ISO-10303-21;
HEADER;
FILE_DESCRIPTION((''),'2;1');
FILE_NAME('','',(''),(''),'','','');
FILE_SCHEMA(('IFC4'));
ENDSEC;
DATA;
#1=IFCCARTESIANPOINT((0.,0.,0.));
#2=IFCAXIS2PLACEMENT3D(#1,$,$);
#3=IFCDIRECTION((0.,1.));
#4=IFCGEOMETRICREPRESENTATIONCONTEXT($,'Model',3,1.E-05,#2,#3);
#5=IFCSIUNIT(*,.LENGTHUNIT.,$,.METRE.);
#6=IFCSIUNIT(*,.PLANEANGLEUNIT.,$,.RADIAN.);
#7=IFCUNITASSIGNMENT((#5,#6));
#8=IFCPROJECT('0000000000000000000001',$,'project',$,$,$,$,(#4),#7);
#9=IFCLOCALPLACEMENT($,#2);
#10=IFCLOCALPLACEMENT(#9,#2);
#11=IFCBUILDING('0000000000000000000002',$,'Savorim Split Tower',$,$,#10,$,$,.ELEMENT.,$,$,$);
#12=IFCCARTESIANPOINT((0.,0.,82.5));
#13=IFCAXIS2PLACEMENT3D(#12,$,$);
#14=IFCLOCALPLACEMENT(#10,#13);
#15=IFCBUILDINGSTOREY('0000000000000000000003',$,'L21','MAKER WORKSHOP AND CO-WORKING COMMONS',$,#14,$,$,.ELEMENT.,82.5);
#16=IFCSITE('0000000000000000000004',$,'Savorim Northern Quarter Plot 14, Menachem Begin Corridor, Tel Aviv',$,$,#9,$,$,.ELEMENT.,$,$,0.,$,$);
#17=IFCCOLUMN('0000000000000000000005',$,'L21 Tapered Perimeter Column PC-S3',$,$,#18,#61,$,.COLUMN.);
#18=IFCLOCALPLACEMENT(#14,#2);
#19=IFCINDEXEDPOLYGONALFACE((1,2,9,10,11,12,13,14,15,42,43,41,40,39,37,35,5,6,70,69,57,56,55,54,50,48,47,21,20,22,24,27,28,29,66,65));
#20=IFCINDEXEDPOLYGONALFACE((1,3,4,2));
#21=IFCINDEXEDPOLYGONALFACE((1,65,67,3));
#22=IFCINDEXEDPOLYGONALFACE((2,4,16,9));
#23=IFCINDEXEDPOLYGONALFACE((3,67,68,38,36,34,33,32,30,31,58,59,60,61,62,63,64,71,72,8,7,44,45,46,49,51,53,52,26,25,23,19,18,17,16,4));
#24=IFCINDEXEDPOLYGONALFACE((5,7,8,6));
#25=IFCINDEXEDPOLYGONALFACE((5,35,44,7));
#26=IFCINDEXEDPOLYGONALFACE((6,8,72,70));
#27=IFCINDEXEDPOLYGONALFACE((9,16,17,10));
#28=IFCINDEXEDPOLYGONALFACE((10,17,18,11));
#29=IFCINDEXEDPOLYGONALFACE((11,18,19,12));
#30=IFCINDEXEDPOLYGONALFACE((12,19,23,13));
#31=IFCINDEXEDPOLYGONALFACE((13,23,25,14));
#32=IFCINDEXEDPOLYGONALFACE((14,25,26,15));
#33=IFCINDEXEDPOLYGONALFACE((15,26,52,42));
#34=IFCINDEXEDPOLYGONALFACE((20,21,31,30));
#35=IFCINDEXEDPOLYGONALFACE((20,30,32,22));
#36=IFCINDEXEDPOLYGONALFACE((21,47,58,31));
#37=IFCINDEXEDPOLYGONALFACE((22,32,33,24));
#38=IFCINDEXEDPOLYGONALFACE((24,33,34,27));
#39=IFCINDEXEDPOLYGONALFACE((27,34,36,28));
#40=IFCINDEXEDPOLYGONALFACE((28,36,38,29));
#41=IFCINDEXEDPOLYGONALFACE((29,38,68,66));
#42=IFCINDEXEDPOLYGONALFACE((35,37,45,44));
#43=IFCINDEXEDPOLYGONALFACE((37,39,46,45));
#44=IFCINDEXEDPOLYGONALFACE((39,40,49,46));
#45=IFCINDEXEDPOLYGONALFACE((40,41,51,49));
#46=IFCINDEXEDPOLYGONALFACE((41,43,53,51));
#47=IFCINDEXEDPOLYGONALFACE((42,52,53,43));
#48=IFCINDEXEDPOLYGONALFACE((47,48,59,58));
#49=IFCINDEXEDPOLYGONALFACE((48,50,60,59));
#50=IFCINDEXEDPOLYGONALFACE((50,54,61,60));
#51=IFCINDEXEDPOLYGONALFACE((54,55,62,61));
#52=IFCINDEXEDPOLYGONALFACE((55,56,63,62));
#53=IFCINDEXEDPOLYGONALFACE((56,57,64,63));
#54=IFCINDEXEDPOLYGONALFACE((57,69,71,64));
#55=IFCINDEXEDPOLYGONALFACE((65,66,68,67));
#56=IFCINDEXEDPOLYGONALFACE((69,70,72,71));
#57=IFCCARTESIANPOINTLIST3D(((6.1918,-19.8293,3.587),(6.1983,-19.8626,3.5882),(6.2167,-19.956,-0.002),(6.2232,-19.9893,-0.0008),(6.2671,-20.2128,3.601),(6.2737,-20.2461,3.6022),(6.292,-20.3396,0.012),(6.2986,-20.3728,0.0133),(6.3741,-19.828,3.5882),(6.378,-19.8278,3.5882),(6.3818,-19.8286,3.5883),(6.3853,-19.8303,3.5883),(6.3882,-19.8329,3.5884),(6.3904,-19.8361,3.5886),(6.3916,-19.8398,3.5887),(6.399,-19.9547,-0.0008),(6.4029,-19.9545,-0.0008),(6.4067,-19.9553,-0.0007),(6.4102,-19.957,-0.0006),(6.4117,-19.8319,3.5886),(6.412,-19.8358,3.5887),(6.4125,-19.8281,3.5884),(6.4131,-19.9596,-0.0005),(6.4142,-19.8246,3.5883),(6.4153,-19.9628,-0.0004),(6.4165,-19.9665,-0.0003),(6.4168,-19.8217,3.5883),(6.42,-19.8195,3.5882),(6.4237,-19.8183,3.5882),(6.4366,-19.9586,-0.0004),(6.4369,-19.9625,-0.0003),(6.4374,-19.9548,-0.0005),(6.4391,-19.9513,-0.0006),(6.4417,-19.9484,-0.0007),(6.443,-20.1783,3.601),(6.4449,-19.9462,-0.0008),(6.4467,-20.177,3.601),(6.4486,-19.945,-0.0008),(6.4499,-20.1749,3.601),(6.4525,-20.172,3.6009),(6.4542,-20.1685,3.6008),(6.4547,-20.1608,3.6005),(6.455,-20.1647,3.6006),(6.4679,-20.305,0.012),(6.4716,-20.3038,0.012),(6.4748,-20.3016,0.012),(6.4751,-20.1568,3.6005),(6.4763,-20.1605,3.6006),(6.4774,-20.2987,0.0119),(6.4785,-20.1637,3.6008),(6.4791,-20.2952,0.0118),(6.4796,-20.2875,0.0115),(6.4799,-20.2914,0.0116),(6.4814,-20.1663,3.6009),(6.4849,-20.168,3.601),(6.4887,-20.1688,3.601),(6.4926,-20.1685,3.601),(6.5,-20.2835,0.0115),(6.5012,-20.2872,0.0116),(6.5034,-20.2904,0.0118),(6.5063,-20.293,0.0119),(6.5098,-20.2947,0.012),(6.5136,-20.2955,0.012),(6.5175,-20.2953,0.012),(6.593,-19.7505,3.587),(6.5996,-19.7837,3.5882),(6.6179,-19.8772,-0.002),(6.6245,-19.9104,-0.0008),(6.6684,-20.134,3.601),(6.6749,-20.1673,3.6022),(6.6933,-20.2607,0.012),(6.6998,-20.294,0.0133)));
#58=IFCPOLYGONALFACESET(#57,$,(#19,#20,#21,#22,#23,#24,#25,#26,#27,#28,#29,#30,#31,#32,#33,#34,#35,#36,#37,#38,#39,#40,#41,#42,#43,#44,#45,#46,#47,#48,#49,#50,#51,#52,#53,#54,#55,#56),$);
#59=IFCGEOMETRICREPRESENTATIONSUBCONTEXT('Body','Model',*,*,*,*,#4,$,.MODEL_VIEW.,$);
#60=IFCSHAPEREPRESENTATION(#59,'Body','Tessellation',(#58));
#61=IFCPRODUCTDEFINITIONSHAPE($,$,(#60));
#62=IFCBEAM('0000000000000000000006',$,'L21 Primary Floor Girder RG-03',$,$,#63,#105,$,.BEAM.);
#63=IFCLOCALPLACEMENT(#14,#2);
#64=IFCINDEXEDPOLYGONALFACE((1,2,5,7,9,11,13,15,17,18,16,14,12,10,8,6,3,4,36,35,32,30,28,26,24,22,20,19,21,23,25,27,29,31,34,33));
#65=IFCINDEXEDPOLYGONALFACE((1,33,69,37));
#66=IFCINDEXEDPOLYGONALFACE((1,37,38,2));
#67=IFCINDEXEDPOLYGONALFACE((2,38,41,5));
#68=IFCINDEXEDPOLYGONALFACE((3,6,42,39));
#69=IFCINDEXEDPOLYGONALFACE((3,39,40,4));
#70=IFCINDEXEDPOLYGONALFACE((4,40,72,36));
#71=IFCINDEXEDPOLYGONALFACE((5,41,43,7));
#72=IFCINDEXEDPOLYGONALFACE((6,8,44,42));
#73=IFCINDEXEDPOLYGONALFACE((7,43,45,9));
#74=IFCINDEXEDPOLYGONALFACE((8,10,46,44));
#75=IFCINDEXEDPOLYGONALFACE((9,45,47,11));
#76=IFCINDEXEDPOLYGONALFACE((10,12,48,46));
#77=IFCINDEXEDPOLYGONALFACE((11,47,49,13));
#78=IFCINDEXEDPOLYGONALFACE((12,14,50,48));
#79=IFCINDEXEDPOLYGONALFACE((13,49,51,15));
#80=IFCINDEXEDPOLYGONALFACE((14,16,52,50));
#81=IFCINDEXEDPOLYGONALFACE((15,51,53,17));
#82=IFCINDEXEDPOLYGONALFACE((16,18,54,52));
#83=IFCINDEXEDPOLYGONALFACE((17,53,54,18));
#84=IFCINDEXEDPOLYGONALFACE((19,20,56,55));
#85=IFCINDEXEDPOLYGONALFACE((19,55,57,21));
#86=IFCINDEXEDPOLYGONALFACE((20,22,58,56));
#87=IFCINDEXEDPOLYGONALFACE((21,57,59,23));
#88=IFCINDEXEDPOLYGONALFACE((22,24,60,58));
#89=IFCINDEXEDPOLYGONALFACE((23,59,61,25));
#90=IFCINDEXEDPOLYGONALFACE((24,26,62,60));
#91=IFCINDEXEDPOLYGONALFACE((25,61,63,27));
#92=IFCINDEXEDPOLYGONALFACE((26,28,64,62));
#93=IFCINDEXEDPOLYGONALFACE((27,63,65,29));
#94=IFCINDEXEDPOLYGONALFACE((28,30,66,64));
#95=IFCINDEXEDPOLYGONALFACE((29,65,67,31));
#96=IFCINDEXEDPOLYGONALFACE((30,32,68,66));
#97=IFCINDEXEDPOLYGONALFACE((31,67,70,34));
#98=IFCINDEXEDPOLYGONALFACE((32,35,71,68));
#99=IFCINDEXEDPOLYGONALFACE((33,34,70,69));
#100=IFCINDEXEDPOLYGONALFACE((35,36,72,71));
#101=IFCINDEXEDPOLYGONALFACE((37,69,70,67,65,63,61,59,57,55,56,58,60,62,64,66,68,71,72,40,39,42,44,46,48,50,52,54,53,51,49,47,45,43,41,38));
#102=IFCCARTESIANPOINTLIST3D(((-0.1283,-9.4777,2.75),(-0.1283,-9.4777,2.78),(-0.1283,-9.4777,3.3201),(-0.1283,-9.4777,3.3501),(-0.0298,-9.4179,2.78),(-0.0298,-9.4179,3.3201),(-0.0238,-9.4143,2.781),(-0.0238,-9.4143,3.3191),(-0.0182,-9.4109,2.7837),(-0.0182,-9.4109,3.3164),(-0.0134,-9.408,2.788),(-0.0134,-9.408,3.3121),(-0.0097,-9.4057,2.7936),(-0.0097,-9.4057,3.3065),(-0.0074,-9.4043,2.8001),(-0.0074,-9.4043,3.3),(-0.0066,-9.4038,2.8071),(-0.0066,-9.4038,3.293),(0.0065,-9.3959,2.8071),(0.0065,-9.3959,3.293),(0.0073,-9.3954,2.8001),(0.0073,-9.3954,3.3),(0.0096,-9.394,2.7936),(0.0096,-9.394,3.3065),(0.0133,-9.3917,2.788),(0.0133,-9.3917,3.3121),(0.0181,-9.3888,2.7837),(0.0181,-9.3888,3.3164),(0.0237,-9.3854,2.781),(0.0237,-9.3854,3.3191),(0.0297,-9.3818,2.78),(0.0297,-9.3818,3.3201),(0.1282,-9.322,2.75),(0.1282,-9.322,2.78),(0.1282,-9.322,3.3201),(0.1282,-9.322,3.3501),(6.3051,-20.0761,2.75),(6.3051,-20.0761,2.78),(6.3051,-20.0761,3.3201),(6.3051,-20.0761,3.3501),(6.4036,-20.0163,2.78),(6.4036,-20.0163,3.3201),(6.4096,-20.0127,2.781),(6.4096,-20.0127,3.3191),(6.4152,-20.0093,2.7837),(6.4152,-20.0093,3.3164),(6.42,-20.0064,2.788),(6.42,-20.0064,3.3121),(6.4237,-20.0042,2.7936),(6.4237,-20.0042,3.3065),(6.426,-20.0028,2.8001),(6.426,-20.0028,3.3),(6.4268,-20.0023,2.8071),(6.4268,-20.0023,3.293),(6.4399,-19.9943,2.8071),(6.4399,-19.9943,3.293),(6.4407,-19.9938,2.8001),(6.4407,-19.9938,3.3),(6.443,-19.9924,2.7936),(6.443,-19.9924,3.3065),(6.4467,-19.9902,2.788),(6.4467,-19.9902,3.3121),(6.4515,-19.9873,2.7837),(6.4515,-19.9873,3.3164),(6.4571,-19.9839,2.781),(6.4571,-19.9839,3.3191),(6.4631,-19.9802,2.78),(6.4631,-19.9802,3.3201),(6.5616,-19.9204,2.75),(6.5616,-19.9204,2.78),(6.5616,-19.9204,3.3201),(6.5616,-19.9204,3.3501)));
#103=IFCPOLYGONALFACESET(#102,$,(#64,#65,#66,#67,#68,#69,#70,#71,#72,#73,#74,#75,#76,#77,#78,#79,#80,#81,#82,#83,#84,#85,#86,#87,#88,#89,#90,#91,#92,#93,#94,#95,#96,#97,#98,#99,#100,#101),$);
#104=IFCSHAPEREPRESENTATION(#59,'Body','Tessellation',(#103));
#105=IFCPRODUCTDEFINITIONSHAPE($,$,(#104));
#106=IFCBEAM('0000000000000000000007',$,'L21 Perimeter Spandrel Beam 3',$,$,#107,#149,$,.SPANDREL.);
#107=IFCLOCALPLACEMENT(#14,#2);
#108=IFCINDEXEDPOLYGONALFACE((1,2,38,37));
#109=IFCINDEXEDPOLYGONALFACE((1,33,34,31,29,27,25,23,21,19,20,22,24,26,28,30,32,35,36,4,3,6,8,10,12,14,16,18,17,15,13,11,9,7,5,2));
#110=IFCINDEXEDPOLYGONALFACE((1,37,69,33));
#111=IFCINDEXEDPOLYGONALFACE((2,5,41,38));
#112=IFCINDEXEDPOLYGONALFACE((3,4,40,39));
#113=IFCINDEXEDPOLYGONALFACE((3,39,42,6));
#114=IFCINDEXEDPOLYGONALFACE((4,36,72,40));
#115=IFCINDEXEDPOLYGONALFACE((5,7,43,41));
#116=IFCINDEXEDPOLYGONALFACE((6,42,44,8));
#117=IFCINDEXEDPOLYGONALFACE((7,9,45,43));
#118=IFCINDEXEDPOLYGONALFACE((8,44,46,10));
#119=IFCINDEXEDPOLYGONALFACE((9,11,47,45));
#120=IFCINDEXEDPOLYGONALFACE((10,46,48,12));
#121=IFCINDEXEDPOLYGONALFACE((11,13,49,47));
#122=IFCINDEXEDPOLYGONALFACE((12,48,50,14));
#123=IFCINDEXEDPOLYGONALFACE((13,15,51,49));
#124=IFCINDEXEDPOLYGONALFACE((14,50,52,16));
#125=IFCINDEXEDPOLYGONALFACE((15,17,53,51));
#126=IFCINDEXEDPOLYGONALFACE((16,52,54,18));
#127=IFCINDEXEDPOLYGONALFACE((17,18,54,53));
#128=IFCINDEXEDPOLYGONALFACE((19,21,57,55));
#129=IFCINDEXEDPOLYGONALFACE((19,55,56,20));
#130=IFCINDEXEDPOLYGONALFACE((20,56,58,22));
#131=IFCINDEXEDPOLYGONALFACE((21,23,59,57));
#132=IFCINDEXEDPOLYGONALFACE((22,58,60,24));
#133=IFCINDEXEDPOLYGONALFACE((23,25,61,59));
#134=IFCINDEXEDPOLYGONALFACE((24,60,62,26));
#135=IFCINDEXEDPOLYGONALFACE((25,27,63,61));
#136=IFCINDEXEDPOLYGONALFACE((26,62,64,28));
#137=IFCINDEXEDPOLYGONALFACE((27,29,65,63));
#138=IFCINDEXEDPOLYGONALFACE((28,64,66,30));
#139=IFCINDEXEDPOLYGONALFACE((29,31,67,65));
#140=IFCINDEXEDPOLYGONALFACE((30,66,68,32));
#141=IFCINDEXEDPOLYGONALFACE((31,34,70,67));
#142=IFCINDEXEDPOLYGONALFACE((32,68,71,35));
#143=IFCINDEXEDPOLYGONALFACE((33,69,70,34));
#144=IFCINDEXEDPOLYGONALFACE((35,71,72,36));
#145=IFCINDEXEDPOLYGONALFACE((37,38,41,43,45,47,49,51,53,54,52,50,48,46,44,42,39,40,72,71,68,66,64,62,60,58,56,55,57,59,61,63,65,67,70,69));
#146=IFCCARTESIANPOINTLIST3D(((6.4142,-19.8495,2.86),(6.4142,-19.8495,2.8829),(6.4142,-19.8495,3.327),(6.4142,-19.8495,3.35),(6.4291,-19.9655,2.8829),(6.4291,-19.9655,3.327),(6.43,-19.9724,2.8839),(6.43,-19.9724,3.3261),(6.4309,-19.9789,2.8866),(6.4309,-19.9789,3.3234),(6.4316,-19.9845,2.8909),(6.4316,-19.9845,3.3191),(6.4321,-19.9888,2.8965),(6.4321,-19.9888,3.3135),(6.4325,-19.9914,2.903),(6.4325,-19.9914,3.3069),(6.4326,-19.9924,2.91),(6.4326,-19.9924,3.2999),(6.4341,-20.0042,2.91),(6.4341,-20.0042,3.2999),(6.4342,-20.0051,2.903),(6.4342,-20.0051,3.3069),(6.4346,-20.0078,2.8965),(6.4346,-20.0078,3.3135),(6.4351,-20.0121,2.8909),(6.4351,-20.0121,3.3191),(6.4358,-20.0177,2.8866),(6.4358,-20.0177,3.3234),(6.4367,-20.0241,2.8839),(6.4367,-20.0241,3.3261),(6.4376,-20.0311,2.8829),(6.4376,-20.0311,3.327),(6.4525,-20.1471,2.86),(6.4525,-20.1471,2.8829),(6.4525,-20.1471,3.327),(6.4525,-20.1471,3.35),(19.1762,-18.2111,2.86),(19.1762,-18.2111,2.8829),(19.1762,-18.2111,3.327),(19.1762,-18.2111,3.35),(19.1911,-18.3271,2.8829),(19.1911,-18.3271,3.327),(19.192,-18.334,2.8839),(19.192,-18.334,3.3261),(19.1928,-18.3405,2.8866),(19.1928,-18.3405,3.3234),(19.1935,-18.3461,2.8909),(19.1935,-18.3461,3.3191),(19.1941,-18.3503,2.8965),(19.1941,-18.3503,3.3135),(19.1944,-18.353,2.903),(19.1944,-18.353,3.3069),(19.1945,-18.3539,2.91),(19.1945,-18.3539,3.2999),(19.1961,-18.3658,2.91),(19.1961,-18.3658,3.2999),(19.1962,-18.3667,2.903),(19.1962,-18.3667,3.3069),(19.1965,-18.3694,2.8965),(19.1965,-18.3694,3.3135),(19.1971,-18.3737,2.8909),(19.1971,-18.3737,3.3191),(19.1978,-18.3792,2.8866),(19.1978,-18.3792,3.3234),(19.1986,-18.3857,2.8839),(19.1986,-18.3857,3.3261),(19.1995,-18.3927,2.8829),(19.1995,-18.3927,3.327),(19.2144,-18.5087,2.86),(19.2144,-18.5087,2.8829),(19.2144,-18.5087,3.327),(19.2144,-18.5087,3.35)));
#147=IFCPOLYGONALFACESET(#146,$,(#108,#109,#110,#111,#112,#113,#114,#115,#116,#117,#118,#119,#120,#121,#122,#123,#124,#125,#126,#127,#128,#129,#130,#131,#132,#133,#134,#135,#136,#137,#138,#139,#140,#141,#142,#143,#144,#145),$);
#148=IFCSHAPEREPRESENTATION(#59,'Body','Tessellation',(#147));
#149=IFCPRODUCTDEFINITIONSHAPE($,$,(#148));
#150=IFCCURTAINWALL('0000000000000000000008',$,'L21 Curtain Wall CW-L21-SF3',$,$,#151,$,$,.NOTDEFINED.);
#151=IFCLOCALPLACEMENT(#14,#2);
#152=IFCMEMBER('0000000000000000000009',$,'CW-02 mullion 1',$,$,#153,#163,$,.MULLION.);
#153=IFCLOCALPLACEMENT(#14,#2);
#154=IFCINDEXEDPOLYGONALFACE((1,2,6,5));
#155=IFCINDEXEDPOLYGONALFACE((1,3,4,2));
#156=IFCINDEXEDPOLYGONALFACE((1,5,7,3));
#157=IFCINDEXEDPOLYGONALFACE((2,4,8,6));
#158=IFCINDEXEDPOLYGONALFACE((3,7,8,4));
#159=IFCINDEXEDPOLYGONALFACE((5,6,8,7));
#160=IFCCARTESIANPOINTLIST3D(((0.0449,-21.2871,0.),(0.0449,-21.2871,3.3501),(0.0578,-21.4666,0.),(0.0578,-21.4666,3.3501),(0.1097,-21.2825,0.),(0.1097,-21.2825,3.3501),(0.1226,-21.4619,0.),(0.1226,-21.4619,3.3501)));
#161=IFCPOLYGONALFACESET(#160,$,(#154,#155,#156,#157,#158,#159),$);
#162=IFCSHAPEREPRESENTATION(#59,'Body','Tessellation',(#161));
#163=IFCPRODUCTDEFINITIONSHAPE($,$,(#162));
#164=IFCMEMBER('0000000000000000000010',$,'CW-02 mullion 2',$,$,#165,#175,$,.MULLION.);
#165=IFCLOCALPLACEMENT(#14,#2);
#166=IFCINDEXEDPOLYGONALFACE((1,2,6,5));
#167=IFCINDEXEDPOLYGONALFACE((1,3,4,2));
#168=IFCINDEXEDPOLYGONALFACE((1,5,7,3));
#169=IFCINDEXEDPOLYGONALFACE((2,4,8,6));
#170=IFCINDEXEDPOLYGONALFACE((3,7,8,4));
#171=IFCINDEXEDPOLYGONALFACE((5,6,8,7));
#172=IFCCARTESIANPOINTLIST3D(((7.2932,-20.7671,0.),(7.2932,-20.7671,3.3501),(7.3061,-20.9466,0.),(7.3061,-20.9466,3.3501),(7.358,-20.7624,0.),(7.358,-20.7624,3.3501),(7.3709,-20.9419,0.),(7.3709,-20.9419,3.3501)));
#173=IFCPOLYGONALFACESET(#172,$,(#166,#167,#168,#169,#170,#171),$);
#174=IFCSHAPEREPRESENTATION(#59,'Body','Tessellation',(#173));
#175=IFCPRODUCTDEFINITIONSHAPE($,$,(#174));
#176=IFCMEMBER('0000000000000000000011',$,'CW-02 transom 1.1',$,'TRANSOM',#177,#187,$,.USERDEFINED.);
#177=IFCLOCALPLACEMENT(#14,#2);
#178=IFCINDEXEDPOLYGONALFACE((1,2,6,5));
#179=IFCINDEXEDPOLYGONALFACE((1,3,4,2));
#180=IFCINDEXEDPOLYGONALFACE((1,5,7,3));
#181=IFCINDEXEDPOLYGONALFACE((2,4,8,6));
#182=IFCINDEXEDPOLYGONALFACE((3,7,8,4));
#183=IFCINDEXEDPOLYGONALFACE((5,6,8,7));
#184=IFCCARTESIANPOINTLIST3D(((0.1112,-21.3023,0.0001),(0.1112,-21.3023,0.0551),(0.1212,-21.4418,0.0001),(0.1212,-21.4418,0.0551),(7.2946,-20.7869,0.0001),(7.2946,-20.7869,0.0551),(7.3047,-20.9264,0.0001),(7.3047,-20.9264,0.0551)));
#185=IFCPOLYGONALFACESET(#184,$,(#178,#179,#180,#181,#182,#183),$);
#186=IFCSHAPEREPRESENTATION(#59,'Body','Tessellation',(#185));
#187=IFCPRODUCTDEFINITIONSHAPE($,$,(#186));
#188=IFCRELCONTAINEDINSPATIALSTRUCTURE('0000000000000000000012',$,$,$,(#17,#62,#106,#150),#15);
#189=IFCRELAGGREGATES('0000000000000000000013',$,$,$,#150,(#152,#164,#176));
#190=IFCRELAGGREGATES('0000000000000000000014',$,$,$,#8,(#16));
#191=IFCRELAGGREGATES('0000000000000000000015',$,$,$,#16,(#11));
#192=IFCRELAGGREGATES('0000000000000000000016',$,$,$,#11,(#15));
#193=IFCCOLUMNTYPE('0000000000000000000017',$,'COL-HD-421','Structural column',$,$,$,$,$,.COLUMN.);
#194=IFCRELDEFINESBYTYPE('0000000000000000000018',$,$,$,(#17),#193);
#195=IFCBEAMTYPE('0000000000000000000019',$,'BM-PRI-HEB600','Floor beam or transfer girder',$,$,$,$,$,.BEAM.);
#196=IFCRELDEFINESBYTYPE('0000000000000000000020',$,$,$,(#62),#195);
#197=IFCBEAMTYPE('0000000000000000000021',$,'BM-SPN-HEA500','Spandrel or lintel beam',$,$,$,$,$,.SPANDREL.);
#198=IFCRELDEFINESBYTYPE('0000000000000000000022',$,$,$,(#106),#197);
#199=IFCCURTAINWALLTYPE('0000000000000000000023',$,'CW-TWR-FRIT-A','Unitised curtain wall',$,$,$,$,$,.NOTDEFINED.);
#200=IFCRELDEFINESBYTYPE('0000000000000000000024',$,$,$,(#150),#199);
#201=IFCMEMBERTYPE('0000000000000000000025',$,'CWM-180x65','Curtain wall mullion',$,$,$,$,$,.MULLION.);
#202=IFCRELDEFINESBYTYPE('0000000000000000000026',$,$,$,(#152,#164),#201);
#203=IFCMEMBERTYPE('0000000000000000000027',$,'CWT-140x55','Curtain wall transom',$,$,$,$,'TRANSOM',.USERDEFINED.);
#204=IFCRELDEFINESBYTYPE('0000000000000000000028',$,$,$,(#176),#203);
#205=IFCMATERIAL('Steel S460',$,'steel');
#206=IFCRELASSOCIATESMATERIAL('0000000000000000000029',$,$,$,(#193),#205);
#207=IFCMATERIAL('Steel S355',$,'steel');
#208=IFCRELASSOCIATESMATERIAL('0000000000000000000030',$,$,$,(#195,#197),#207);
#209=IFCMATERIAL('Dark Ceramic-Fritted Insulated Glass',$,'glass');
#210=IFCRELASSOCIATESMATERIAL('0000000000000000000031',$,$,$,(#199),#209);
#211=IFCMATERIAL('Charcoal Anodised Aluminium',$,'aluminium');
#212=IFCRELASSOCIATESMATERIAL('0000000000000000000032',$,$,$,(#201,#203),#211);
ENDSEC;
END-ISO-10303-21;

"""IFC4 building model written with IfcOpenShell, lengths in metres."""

from ifc_helpers import new_model, si_unit, direction, frame, origin, origin_2d, place, context, subcontext, project, spatial, rectangle, i_section, extrude, material, material_profile, profile_set, type_object, element, aggregate, save


model = new_model("IFC4")

# Units and contexts
model_context = context("Model", 3, precision=1e-05, world=origin(), true_north=direction((0.0, 1.0)))
body_context = subcontext(model_context, "Body", "Model", "MODEL_VIEW")
ifc_project = project(units=[si_unit("LENGTHUNIT", "METRE"), si_unit("PLANEANGLEUNIT", "RADIAN")], contexts=[model_context])

# Site, building, storey
site_placement = place(None, origin())
site = spatial("IfcSite", under=ifc_project, at=site_placement, Name="Savorim Northern Quarter Plot 14, Menachem Begin Corridor, Tel Aviv", CompositionType="ELEMENT", RefElevation=0.0)
building_placement = place(site_placement, origin())
building = spatial("IfcBuilding", under=site, at=building_placement, Name="Savorim Split Tower", CompositionType="ELEMENT")
storey_placement = place(building_placement, frame((0.0, 0.0, 82.5)))
storey = spatial("IfcBuildingStorey", under=building, at=storey_placement, Name="L21", Description="MAKER WORKSHOP AND CO-WORKING COMMONS", CompositionType="ELEMENT", Elevation=82.5)

# Column
ifc_material_1 = material(Name="Steel S460", Category="steel")
ifc_material_profile_1 = material_profile(ifc_material_1, i_section(OverallWidth=0.4089, OverallDepth=0.425, WebThickness=0.0208, FlangeThickness=0.0339, FilletRadius=0.0149, at=origin_2d()), Name="HD 400x421")
ifc_profile_set_1 = profile_set([ifc_material_profile_1], Name="Steel S460")
column_type = type_object("IfcColumnType", Name="COL-HD-421", Description="Structural column", PredefinedType="COLUMN", material=ifc_profile_set_1)
column_placement = place(storey_placement, frame((6.4583, -20.125, 0.0056), z_axis=(-0.006934, 0.035283, 0.999353), x_axis=(-0.98123, -0.192843, 0.0)))
element("IfcColumn", 1, at=column_placement, inside=storey, type_object=column_type, Name="L21 Tapered Perimeter Column PC-S3", PredefinedType="COLUMN", context=body_context, shape_type="SweptSolid", body=[
    extrude(i_section(OverallWidth=0.4089, OverallDepth=0.425, WebThickness=0.0208, FlangeThickness=0.0339, FilletRadius=0.0149, at=origin_2d()), origin(), (0.0, 0.0, 1.0), 3.5913),
])

# Beams
ifc_material_2 = material(Name="Steel S355", Category="steel")
ifc_material_profile_2 = material_profile(ifc_material_2, i_section(OverallWidth=0.3, OverallDepth=0.6001, WebThickness=0.0154, FlangeThickness=0.03, FilletRadius=0.0271, at=origin_2d()), Name="HEB 600")
ifc_profile_set_2 = profile_set([ifc_material_profile_2], Name="Steel S355")
beam_type_1 = type_object("IfcBeamType", Name="BM-PRI-HEB600", Description="Floor beam or transfer girder", PredefinedType="BEAM", material=ifc_profile_set_2)
beam_1_placement = place(storey_placement, frame((6.4333, -19.9983, 3.05), z_axis=(-0.518896, 0.854837, 0.0), x_axis=(-0.854837, -0.518896, 0.0)))
element("IfcBeam", 2, at=beam_1_placement, inside=storey, type_object=beam_type_1, Name="L21 Primary Floor Girder RG-03", PredefinedType="BEAM", context=body_context, shape_type="SweptSolid", body=[
    extrude(i_section(OverallWidth=0.3, OverallDepth=0.6001, WebThickness=0.0154, FlangeThickness=0.03, FilletRadius=0.0271, at=origin_2d()), origin(), (0.0, 0.0, 1.0), 12.3982),
])
ifc_material_profile_3 = material_profile(ifc_material_2, i_section(OverallWidth=0.3, OverallDepth=0.49, WebThickness=0.012, FlangeThickness=0.0229, FilletRadius=0.0271, at=origin_2d()), Name="HEA 500")
ifc_profile_set_3 = profile_set([ifc_material_profile_3], Name="Steel S355")
beam_type_2 = type_object("IfcBeamType", Name="BM-SPN-HEA500", Description="Spandrel or lintel beam", PredefinedType="SPANDREL", material=ifc_profile_set_3)
beam_2_placement = place(storey_placement, frame((6.4333, -19.9983, 3.105), z_axis=(0.991859, 0.127339, 0.0), x_axis=(-0.127339, 0.991859, 0.0)))
element("IfcBeam", 3, at=beam_2_placement, inside=storey, type_object=beam_type_2, Name="L21 Perimeter Spandrel Beam 3", PredefinedType="SPANDREL", context=body_context, shape_type="SweptSolid", body=[
    extrude(i_section(OverallWidth=0.3, OverallDepth=0.49, WebThickness=0.012, FlangeThickness=0.0229, FilletRadius=0.0271, at=origin_2d()), origin(), (0.0, 0.0, 1.0), 12.8667),
])

# Curtain wall, members
ifc_material_3 = material(Name="Dark Ceramic-Fritted Insulated Glass", Category="glass")
curtain_wall_type = type_object("IfcCurtainWallType", Name="CW-TWR-FRIT-A", Description="Unitised curtain wall", PredefinedType="NOTDEFINED", material=ifc_material_3)
curtain_wall_placement = place(storey_placement, origin())
curtain_wall = element("IfcCurtainWall", 4, at=curtain_wall_placement, inside=storey, type_object=curtain_wall_type, Name="L21 Curtain Wall CW-L21-SF3", PredefinedType="NOTDEFINED")
ifc_material_4 = material(Name="Charcoal Anodised Aluminium", Category="aluminium")
ifc_material_profile_4 = material_profile(ifc_material_4, rectangle(XDim=0.1799, YDim=0.0649, at=origin_2d()), Name="ALU-M 180x65")
ifc_profile_set_4 = profile_set([ifc_material_profile_4], Name="Charcoal Anodised Aluminium")
member_type_1 = type_object("IfcMemberType", Name="CWM-180x65", Description="Curtain wall mullion", PredefinedType="MULLION", material=ifc_profile_set_4)
member_1_placement = place(storey_placement, frame((0.0837, -21.3745, 0.0), z_axis=(0.0, 0.0, 1.0), x_axis=(-0.071561, 0.997436, 0.0)))
member_1 = element("IfcMember", 5, at=member_1_placement, type_object=member_type_1, Name="CW-02 mullion 1", PredefinedType="MULLION", context=body_context, shape_type="SweptSolid", body=[
    extrude(rectangle(XDim=0.1799, YDim=0.0649, at=origin_2d()), origin(), (0.0, 0.0, 1.0), 3.3501),
])
member_2_placement = place(storey_placement, frame((7.332, -20.8545, 0.0), z_axis=(0.0, 0.0, 1.0), x_axis=(-0.071561, 0.997436, 0.0)))
member_2 = element("IfcMember", 6, at=member_2_placement, type_object=member_type_1, Name="CW-02 mullion 2", PredefinedType="MULLION", context=body_context, shape_type="SweptSolid", body=[
    extrude(rectangle(XDim=0.1799, YDim=0.0649, at=origin_2d()), origin(), (0.0, 0.0, 1.0), 3.3501),
])
ifc_material_profile_5 = material_profile(ifc_material_4, rectangle(XDim=0.1399, YDim=0.0549, at=origin_2d()), Name="ALU-T 140x55")
ifc_profile_set_5 = profile_set([ifc_material_profile_5], Name="Charcoal Anodised Aluminium")
member_type_2 = type_object("IfcMemberType", Name="CWT-140x55", Description="Curtain wall transom", ElementType="TRANSOM", PredefinedType="USERDEFINED", material=ifc_profile_set_5)
member_3_placement = place(storey_placement, frame((0.1162, -21.3721, 0.0276), z_axis=(0.997436, 0.071563, 0.0), x_axis=(-0.071563, 0.997436, 0.0)))
member_3 = element("IfcMember", 7, at=member_3_placement, type_object=member_type_2, Name="CW-02 transom 1.1", ObjectType="TRANSOM", PredefinedType="USERDEFINED", context=body_context, shape_type="SweptSolid", body=[
    extrude(rectangle(XDim=0.1399, YDim=0.0549, at=origin_2d()), origin(), (0.0, 0.0, 1.0), 7.2019),
])
aggregate(curtain_wall, [member_1, member_2, member_3])

save(model, "model.ifc")
